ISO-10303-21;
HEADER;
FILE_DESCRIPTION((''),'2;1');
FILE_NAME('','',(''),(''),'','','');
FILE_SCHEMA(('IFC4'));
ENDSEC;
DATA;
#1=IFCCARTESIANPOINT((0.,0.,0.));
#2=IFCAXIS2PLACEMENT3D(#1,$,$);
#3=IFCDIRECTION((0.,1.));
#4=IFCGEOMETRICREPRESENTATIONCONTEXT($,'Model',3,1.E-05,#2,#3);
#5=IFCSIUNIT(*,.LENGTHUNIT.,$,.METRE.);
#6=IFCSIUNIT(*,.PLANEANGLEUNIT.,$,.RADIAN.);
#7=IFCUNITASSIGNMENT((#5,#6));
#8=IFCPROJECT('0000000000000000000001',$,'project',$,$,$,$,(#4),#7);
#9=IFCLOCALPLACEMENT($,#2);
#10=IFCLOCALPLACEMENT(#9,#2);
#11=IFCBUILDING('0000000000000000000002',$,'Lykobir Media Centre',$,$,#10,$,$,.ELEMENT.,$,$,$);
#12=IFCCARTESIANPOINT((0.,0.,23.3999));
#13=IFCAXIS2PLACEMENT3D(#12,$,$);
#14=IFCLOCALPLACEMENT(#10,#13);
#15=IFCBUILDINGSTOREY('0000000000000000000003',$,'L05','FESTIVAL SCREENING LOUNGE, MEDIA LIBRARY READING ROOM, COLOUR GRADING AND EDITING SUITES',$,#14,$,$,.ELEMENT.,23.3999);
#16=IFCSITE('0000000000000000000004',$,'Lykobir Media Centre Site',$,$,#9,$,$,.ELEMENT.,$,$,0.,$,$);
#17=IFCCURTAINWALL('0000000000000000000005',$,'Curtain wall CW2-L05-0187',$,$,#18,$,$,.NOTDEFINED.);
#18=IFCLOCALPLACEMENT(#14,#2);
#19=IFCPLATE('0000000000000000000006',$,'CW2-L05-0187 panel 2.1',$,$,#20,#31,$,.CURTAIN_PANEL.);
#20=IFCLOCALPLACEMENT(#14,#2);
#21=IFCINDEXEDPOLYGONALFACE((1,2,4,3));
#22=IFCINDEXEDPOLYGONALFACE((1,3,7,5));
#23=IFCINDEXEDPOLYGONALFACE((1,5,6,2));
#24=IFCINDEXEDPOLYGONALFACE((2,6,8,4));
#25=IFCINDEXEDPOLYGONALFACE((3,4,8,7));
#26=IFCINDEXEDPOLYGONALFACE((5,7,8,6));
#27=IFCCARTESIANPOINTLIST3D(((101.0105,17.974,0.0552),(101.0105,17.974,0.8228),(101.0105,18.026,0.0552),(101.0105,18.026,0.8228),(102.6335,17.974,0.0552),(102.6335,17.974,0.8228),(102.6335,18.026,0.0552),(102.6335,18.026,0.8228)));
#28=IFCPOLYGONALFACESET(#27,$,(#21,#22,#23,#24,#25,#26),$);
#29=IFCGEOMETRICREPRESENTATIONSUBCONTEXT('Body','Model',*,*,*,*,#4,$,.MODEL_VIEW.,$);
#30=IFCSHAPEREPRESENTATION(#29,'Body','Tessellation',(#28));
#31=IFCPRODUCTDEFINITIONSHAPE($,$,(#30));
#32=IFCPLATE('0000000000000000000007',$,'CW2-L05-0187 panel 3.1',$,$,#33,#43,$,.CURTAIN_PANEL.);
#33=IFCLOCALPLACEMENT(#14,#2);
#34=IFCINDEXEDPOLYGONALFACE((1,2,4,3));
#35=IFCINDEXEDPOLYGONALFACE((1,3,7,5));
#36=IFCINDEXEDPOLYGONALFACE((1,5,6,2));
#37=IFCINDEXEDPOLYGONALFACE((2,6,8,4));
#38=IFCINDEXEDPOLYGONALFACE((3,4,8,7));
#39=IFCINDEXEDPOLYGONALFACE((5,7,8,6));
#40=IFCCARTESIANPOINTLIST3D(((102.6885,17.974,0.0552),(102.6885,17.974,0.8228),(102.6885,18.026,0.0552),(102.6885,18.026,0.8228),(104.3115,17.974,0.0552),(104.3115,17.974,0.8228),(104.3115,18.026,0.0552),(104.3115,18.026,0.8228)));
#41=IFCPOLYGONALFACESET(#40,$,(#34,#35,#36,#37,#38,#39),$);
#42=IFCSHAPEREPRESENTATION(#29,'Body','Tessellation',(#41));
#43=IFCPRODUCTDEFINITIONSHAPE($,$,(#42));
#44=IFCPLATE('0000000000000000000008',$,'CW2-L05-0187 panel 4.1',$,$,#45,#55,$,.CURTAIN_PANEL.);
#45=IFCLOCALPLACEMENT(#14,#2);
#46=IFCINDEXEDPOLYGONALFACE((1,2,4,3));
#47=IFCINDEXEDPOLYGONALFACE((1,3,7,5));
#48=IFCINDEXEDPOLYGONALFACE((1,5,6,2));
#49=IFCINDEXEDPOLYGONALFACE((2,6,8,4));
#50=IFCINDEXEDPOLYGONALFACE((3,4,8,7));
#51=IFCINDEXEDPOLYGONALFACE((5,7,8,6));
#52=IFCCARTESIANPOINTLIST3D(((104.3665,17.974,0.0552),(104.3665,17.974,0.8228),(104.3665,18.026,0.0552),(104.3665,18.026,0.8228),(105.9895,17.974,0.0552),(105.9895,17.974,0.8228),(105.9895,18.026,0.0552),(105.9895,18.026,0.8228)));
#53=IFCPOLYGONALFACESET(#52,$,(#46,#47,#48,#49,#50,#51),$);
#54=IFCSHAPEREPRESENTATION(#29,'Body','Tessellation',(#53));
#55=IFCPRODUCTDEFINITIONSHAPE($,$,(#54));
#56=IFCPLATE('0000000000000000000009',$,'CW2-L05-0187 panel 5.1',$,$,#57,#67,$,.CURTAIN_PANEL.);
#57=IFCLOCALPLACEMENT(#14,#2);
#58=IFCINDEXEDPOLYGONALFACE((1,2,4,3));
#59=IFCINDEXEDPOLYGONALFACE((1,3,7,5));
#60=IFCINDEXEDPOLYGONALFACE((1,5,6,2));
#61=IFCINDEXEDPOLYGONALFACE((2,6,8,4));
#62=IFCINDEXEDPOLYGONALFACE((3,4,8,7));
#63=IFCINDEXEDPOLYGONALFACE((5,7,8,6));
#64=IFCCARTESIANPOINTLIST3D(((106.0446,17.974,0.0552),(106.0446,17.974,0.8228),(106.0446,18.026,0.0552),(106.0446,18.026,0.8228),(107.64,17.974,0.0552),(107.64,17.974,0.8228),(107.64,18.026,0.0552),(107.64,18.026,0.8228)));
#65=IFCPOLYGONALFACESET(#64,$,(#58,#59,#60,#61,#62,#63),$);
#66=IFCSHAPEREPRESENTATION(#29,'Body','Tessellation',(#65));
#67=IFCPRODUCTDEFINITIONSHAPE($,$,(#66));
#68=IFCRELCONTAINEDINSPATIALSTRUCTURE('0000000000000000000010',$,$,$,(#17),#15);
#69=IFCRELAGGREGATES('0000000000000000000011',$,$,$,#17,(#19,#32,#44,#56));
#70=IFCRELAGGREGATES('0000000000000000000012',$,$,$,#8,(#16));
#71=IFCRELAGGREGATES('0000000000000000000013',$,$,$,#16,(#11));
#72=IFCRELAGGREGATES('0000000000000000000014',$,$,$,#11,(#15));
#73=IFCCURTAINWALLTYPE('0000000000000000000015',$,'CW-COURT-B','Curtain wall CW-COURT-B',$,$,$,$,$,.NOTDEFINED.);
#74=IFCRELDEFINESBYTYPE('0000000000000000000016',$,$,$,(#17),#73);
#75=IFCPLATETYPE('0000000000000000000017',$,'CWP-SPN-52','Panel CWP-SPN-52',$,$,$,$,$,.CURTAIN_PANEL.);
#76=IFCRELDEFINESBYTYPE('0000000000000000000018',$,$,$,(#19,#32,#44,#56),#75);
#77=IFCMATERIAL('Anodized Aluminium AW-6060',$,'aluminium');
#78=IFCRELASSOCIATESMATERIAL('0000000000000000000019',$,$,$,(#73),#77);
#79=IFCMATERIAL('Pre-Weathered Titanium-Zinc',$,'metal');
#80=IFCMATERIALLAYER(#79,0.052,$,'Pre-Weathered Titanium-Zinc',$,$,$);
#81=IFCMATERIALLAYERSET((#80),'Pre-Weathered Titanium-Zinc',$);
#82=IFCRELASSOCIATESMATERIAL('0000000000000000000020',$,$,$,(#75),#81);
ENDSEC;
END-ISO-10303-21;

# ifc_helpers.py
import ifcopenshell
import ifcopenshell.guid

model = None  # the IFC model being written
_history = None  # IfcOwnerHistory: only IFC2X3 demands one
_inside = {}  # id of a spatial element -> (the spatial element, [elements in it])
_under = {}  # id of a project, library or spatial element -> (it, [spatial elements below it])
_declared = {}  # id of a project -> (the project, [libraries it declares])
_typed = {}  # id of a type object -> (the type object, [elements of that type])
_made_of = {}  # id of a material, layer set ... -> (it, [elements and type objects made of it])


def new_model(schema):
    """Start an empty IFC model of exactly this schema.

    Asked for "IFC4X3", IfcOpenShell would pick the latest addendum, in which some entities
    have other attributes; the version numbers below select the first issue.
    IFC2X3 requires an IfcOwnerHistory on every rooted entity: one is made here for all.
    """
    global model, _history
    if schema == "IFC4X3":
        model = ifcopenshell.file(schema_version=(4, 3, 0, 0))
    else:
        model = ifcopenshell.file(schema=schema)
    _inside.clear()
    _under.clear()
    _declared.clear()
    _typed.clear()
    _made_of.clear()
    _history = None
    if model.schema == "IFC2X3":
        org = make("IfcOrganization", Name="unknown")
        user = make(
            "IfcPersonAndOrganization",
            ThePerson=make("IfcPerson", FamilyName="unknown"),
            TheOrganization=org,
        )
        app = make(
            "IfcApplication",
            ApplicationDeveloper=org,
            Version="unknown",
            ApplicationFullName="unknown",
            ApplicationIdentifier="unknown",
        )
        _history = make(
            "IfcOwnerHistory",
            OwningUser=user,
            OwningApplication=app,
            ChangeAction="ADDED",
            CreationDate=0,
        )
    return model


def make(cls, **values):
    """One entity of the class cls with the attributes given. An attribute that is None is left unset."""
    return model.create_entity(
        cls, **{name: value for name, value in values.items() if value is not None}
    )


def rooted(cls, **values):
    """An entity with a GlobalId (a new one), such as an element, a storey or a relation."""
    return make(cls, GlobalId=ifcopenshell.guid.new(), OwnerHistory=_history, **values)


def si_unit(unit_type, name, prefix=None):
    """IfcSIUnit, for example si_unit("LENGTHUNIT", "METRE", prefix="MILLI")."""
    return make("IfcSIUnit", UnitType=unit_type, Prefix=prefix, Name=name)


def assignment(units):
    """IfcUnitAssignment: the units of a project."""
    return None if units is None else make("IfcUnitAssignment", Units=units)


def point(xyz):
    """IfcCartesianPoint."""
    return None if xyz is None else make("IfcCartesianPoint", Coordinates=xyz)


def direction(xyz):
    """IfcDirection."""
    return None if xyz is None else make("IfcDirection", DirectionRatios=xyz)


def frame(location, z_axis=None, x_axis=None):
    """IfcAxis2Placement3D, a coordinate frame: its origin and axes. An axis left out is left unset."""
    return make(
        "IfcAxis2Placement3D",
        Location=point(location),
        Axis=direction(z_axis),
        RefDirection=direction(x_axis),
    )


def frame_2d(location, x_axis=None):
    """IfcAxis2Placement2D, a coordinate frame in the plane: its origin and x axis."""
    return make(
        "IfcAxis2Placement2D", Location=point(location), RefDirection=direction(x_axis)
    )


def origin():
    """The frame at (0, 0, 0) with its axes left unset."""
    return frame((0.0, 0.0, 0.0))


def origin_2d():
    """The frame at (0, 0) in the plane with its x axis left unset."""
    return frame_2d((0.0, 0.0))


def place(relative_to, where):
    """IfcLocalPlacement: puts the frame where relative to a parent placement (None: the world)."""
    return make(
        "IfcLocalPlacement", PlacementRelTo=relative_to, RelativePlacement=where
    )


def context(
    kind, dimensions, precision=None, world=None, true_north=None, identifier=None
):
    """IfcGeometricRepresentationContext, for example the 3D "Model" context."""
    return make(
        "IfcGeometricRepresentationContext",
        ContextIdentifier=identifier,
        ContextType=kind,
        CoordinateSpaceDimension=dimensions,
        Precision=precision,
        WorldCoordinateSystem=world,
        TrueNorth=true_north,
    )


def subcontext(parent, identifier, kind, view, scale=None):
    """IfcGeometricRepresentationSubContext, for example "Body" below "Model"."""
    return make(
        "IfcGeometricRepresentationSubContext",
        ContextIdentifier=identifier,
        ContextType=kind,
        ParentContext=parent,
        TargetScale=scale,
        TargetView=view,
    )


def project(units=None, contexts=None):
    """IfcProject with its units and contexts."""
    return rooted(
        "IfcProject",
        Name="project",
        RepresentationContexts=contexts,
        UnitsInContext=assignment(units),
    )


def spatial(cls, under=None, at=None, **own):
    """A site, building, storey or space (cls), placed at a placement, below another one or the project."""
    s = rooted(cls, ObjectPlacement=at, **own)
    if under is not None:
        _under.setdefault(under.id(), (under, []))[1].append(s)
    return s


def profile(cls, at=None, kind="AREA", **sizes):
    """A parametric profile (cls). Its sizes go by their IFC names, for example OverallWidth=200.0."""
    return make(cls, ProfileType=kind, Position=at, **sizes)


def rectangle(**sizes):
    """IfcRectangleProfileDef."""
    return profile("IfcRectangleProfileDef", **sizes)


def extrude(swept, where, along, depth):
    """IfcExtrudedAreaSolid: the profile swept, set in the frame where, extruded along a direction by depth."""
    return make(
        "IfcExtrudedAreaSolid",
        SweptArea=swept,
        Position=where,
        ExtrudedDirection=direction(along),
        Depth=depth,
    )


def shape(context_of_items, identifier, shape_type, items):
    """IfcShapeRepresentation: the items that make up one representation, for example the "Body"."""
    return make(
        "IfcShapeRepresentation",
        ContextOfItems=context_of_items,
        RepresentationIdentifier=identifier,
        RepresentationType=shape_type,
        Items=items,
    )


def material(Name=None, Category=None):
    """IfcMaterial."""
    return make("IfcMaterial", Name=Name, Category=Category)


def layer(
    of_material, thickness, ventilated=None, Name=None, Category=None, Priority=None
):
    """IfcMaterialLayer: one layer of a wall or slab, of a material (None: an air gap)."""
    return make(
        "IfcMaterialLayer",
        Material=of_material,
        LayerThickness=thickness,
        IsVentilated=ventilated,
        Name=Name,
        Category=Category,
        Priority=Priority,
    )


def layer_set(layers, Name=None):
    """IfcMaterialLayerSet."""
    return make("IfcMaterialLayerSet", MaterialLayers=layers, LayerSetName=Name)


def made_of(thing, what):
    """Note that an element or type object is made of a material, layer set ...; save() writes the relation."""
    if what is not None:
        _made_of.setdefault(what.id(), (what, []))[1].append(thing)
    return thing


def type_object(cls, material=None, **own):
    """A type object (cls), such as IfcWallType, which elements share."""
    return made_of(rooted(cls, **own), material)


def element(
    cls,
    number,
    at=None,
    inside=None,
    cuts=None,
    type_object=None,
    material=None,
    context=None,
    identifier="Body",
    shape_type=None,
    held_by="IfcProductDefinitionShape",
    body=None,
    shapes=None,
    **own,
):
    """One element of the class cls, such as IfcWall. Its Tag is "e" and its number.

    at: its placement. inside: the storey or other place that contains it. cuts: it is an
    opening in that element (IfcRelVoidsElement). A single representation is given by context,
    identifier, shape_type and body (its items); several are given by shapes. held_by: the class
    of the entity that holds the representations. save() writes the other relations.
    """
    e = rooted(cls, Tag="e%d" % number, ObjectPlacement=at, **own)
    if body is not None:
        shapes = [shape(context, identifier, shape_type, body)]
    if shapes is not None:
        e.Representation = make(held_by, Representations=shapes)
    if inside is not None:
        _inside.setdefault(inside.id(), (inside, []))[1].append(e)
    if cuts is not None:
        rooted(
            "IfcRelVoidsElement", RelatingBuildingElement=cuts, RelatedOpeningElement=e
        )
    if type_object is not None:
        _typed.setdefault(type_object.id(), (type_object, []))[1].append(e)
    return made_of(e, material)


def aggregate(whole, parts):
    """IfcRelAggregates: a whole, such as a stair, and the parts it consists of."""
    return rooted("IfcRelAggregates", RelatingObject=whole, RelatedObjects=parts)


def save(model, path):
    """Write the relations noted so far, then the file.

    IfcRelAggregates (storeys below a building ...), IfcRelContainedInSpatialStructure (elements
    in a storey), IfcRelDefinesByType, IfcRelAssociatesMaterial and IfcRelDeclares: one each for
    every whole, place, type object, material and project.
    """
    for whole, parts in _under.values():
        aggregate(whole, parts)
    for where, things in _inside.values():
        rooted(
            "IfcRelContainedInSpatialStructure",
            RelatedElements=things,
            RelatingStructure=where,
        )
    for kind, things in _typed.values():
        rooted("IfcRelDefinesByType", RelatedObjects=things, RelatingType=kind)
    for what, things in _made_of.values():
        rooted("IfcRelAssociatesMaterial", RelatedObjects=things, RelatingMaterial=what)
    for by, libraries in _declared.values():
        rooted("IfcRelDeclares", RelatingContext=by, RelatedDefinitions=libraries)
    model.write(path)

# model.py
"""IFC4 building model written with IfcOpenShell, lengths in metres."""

from ifc_helpers import new_model, si_unit, direction, frame, origin, origin_2d, place, context, subcontext, project, spatial, rectangle, extrude, material, layer, layer_set, type_object, element, aggregate, save


model = new_model("IFC4")

# Units and contexts
model_context = context("Model", 3, precision=1e-05, world=origin(), true_north=direction((0.0, 1.0)))
body_context = subcontext(model_context, "Body", "Model", "MODEL_VIEW")
ifc_project = project(units=[si_unit("LENGTHUNIT", "METRE"), si_unit("PLANEANGLEUNIT", "RADIAN")], contexts=[model_context])

# Site, building, storey
site_placement = place(None, origin())
site = spatial("IfcSite", under=ifc_project, at=site_placement, Name="Lykobir Media Centre Site", CompositionType="ELEMENT", RefElevation=0.0)
building_placement = place(site_placement, origin())
building = spatial("IfcBuilding", under=site, at=building_placement, Name="Lykobir Media Centre", CompositionType="ELEMENT")
storey_placement = place(building_placement, frame((0.0, 0.0, 23.3999)))
storey = spatial("IfcBuildingStorey", under=building, at=storey_placement, Name="L05", Description="FESTIVAL SCREENING LOUNGE, MEDIA LIBRARY READING ROOM, COLOUR GRADING AND EDITING SUITES", CompositionType="ELEMENT", Elevation=23.3999)

# Curtain wall, plates
ifc_material_1 = material(Name="Anodized Aluminium AW-6060", Category="aluminium")
curtain_wall_type = type_object("IfcCurtainWallType", Name="CW-COURT-B", Description="Curtain wall CW-COURT-B", PredefinedType="NOTDEFINED", material=ifc_material_1)
curtain_wall_placement = place(storey_placement, origin())
curtain_wall = element("IfcCurtainWall", 1, at=curtain_wall_placement, inside=storey, type_object=curtain_wall_type, Name="Curtain wall CW2-L05-0187", PredefinedType="NOTDEFINED")
ifc_material_2 = material(Name="Pre-Weathered Titanium-Zinc", Category="metal")
ifc_layer_1 = layer(ifc_material_2, 0.052, Name="Pre-Weathered Titanium-Zinc")
ifc_layer_set_1 = layer_set([ifc_layer_1], Name="Pre-Weathered Titanium-Zinc")
plate_type_1 = type_object("IfcPlateType", Name="CWP-SPN-52", Description="Panel CWP-SPN-52", PredefinedType="CURTAIN_PANEL", material=ifc_layer_set_1)
plate_1_placement = place(storey_placement, frame((101.822, 18.0, 0.0552), z_axis=(0.0, 0.0, 1.0), x_axis=(1.0, 0.0, 0.0)))
plate_1 = element("IfcPlate", 2, at=plate_1_placement, type_object=plate_type_1, Name="CW2-L05-0187 panel 2.1", PredefinedType="CURTAIN_PANEL", context=body_context, shape_type="SweptSolid", body=[
    extrude(rectangle(XDim=1.623, YDim=0.052, at=origin_2d()), origin(), (0.0, 0.0, 1.0), 0.7676),
])
plate_2_placement = place(storey_placement, frame((103.5, 18.0, 0.0552), z_axis=(0.0, 0.0, 1.0), x_axis=(1.0, 0.0, 0.0)))
plate_2 = element("IfcPlate", 3, at=plate_2_placement, type_object=plate_type_1, Name="CW2-L05-0187 panel 3.1", PredefinedType="CURTAIN_PANEL", context=body_context, shape_type="SweptSolid", body=[
    extrude(rectangle(XDim=1.623, YDim=0.052, at=origin_2d()), origin(), (0.0, 0.0, 1.0), 0.7676),
])
plate_3_placement = place(storey_placement, frame((105.178, 18.0, 0.0552), z_axis=(0.0, 0.0, 1.0), x_axis=(1.0, 0.0, 0.0)))
plate_3 = element("IfcPlate", 4, at=plate_3_placement, type_object=plate_type_1, Name="CW2-L05-0187 panel 4.1", PredefinedType="CURTAIN_PANEL", context=body_context, shape_type="SweptSolid", body=[
    extrude(rectangle(XDim=1.623, YDim=0.052, at=origin_2d()), origin(), (0.0, 0.0, 1.0), 0.7676),
])
plate_4_placement = place(storey_placement, frame((106.8423, 18.0, 0.0552), z_axis=(0.0, 0.0, 1.0), x_axis=(1.0, 0.0, 0.0)))
plate_4 = element("IfcPlate", 5, at=plate_4_placement, type_object=plate_type_1, Name="CW2-L05-0187 panel 5.1", PredefinedType="CURTAIN_PANEL", context=body_context, shape_type="SweptSolid", body=[
    extrude(rectangle(XDim=1.5955, YDim=0.052, at=origin_2d()), origin(), (0.0, 0.0, 1.0), 0.7676),
])
aggregate(curtain_wall, [plate_1, plate_2, plate_3, plate_4])

save(model, "model.ifc")
